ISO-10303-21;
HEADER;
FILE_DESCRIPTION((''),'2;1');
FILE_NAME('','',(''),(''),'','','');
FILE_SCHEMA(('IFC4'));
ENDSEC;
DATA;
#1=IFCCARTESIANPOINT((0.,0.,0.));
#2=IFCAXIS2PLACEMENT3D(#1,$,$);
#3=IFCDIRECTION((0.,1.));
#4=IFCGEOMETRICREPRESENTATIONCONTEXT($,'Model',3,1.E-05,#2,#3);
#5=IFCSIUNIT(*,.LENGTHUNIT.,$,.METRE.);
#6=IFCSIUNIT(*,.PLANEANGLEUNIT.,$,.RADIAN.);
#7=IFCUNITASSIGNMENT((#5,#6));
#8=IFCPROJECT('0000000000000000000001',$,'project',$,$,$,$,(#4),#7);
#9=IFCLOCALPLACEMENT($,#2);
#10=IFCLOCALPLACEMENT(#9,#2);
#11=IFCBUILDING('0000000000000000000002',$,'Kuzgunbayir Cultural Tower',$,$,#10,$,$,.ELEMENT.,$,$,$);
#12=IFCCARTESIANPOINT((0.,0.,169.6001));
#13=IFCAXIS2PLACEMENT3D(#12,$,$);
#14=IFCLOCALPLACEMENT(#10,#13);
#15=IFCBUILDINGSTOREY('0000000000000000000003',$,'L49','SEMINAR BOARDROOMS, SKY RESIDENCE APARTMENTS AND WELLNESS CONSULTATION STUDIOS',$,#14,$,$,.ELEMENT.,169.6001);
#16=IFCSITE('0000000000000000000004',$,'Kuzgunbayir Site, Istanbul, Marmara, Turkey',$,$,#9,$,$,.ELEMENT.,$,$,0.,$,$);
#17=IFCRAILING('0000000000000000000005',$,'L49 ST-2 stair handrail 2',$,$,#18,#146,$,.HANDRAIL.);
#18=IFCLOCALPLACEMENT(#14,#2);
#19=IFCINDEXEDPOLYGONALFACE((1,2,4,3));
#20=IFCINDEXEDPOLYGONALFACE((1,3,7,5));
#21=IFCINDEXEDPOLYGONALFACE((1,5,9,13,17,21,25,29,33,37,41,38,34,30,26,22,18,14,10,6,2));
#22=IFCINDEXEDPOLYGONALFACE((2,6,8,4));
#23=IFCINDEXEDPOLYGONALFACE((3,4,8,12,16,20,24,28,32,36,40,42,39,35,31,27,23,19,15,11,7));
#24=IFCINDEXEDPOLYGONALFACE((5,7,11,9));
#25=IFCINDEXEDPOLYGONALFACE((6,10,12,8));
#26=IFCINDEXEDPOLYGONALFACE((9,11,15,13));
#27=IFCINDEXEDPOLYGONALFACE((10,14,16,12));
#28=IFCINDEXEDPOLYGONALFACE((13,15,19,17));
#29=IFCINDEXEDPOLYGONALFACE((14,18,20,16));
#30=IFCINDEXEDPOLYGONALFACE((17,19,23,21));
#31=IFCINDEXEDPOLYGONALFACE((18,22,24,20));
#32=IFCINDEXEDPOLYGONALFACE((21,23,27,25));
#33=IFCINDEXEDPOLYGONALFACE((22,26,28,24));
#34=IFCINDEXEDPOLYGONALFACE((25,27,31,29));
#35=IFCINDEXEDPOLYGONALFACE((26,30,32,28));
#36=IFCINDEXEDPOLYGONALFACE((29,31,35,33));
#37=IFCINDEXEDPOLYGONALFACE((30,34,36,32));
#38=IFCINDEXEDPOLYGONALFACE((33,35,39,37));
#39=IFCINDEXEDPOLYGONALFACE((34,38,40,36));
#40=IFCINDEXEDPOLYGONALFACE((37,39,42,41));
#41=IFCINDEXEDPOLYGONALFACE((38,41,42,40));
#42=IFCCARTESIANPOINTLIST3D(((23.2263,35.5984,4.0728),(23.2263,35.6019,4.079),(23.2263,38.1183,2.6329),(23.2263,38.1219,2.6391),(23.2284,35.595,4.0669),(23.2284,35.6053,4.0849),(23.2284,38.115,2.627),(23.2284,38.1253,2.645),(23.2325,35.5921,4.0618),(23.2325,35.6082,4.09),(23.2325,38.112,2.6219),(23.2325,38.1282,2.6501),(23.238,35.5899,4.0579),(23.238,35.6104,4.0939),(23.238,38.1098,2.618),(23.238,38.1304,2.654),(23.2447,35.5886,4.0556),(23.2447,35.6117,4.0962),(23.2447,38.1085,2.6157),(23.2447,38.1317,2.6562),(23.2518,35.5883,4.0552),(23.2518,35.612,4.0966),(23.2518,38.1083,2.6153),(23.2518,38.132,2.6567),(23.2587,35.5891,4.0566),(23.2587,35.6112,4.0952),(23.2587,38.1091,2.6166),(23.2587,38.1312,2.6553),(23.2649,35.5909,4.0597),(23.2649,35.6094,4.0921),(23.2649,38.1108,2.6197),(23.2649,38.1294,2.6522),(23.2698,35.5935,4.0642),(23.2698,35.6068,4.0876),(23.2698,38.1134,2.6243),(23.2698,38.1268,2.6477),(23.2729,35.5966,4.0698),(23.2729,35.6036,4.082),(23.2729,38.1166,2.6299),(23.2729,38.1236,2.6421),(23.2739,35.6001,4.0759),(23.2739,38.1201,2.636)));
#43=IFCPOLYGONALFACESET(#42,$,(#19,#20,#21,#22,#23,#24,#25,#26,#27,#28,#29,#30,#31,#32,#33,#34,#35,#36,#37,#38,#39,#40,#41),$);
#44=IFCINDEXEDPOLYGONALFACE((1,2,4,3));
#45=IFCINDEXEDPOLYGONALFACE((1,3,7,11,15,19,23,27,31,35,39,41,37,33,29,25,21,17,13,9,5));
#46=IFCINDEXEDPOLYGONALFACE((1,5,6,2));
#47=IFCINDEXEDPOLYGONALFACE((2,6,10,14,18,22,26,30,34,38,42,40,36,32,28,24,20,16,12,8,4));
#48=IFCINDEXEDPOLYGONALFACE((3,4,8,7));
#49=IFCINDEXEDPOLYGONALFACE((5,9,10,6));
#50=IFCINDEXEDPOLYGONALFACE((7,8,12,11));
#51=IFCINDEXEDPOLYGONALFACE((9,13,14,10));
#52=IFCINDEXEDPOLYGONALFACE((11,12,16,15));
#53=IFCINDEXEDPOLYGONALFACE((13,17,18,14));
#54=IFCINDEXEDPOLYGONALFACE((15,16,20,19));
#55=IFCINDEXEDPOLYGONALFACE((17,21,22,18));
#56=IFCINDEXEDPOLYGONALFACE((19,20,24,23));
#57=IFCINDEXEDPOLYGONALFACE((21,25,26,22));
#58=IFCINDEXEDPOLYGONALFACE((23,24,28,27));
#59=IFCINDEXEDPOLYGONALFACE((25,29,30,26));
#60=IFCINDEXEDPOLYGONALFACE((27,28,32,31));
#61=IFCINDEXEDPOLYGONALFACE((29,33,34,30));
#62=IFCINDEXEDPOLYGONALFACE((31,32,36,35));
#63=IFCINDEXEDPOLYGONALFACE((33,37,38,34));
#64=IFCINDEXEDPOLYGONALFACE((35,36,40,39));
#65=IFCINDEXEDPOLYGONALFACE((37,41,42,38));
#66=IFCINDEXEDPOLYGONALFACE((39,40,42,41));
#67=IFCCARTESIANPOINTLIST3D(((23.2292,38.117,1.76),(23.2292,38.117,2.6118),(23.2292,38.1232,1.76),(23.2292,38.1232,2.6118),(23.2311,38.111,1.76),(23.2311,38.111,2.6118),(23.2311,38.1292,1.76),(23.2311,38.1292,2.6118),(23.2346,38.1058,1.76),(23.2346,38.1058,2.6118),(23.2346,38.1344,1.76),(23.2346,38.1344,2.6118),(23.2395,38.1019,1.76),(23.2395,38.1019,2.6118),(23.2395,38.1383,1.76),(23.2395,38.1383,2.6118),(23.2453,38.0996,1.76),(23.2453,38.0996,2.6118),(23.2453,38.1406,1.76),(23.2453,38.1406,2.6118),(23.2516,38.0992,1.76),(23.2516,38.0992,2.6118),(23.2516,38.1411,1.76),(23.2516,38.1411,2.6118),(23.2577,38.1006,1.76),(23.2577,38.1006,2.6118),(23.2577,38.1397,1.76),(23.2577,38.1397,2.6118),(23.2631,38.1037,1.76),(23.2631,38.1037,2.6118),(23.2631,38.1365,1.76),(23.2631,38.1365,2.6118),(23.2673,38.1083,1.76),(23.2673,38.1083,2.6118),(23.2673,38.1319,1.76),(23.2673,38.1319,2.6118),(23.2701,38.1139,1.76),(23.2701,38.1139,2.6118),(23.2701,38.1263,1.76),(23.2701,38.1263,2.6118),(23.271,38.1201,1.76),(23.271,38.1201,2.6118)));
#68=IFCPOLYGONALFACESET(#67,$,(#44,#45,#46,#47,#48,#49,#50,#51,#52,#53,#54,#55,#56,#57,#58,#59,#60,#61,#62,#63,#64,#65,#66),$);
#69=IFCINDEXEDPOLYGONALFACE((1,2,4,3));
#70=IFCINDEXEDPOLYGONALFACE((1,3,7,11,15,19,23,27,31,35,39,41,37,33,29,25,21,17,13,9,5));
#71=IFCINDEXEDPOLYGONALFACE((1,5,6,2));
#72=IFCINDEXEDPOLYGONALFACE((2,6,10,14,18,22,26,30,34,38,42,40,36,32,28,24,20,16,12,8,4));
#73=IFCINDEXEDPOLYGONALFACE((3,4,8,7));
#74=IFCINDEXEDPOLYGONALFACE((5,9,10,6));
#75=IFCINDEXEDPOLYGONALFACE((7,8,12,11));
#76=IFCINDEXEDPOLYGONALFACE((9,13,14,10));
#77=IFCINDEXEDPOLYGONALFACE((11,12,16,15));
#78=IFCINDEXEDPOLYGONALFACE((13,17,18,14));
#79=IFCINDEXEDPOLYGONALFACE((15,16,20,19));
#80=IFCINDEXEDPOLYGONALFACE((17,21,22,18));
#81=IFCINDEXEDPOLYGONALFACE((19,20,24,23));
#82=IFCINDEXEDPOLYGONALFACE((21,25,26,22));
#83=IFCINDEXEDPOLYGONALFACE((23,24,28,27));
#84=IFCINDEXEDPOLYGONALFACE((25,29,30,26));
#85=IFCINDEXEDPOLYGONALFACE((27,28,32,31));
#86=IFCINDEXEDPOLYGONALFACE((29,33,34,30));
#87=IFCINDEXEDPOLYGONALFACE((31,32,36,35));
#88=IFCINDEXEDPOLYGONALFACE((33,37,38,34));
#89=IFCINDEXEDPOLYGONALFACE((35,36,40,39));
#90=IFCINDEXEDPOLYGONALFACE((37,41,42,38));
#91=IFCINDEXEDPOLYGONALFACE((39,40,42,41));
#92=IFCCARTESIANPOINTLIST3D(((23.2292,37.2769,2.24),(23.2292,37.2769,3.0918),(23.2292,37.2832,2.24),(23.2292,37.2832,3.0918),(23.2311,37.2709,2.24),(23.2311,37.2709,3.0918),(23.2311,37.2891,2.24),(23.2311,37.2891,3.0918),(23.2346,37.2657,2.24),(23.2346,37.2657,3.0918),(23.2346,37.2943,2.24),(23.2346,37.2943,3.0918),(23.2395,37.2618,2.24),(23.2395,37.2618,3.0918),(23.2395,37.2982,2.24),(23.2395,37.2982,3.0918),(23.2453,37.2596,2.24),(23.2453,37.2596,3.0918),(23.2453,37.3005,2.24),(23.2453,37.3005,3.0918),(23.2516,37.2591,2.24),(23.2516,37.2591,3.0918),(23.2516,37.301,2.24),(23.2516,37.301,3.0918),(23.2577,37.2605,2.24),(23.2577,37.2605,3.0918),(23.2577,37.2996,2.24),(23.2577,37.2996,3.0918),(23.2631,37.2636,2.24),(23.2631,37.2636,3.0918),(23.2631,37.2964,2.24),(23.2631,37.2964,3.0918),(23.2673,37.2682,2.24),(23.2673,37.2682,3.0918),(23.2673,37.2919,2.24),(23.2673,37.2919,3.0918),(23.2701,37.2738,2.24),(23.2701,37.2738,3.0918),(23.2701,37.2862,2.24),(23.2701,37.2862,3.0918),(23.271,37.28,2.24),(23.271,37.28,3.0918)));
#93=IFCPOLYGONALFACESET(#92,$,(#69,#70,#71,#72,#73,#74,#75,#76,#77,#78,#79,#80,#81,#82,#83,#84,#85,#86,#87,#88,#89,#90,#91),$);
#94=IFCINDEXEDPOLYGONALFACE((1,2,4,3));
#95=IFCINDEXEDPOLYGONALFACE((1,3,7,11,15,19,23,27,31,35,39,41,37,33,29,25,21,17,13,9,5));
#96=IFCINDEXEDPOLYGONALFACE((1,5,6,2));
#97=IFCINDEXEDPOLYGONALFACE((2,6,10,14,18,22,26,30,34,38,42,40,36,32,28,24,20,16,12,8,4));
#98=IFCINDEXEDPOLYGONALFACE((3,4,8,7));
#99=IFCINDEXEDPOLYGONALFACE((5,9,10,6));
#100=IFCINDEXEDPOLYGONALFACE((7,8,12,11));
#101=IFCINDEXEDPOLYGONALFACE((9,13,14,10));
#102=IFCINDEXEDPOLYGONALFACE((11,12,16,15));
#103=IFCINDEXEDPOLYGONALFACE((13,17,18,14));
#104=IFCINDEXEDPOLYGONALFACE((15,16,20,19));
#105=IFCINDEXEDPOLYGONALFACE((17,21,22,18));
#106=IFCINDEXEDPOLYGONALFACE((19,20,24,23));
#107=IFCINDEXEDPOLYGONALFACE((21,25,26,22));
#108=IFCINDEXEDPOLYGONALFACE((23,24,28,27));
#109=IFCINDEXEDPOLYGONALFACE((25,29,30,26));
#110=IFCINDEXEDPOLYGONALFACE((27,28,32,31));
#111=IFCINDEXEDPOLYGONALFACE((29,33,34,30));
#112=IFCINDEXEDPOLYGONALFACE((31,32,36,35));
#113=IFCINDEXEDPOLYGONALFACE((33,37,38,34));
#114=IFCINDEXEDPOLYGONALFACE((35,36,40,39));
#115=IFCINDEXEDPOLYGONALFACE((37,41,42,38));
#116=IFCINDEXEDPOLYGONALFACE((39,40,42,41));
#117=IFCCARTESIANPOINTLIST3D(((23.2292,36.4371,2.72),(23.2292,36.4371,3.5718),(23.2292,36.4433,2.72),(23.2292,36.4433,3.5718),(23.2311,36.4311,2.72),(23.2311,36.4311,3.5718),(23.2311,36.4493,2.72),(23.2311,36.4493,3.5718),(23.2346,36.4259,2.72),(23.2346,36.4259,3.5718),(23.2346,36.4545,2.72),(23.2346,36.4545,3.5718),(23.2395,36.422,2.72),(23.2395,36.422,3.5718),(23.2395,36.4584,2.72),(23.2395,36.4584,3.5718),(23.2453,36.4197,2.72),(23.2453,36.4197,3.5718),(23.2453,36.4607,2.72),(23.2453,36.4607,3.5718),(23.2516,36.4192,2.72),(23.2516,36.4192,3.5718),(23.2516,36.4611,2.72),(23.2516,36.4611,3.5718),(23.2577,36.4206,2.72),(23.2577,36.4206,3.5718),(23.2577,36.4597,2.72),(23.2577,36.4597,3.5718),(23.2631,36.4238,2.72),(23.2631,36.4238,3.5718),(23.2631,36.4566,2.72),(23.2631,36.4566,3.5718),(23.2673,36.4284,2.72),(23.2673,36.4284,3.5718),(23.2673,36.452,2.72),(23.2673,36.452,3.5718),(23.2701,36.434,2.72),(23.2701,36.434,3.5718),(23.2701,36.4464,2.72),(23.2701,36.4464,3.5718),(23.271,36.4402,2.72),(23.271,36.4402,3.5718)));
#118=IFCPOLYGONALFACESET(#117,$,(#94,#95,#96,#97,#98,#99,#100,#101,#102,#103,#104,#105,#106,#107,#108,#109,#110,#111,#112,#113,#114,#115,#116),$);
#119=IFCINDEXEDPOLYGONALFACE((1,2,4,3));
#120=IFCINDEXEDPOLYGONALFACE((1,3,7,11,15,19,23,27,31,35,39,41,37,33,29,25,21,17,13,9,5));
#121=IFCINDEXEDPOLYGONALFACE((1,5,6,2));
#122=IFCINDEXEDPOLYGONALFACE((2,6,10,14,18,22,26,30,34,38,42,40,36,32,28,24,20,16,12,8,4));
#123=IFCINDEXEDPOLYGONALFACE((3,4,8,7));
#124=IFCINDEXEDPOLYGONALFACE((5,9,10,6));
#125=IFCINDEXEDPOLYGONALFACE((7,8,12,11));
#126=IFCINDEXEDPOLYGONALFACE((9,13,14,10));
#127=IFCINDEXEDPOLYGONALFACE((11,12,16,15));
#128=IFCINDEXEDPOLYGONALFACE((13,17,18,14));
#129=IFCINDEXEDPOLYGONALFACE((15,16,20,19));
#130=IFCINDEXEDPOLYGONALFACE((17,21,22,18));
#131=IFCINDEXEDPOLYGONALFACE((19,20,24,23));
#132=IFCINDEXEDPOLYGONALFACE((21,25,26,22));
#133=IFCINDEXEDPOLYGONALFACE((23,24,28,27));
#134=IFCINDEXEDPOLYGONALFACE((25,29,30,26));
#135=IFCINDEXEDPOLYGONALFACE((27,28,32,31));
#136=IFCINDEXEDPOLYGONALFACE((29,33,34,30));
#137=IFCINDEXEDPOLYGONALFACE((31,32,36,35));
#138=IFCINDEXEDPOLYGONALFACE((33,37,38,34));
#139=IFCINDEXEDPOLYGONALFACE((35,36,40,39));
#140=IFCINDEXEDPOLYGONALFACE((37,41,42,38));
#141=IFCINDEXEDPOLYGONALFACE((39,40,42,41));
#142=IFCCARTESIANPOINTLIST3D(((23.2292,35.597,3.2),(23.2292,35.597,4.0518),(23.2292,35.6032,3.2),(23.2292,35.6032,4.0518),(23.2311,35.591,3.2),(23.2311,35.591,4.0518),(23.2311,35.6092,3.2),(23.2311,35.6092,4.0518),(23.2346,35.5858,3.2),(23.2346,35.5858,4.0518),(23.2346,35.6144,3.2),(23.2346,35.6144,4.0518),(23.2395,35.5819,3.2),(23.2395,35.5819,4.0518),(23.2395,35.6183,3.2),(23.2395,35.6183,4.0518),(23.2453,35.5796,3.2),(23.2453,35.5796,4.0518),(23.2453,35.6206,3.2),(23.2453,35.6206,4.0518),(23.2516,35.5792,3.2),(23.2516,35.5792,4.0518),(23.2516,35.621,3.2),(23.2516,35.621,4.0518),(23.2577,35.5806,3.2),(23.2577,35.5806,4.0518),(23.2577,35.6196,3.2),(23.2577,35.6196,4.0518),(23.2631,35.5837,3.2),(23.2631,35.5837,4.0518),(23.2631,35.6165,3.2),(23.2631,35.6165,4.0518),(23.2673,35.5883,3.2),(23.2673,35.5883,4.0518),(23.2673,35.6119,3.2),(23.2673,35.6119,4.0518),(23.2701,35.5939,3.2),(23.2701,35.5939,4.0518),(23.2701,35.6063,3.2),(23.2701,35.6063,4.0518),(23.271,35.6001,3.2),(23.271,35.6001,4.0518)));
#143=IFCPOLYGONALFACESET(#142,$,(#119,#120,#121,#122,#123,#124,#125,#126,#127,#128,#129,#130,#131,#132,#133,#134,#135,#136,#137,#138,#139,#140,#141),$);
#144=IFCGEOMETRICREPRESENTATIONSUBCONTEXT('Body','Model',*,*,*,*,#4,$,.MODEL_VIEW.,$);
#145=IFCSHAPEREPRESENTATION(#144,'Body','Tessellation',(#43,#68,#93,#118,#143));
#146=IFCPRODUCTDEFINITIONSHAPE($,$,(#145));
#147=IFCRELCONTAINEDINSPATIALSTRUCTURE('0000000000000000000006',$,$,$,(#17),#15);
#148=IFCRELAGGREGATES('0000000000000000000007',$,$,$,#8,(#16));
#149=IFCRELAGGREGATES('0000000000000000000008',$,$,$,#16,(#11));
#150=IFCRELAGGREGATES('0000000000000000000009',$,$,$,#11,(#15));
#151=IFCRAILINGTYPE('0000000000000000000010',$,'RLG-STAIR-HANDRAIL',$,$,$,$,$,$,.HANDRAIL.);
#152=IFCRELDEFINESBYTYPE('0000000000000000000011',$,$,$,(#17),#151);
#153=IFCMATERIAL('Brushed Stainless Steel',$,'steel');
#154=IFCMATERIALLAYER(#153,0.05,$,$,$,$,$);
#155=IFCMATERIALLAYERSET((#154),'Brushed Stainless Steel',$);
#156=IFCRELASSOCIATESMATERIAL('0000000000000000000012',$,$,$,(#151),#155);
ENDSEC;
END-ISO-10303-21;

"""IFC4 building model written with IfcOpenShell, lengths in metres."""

from ifc_helpers import new_model, si_unit, direction, frame, origin, origin_2d, place, context, subcontext, project, spatial, circle, extrude, material, layer, layer_set, type_object, element, save


model = new_model("IFC4")

# Units and contexts
model_context = context("Model", 3, precision=1e-05, world=origin(), true_north=direction((0.0, 1.0)))
body_context = subcontext(model_context, "Body", "Model", "MODEL_VIEW")
ifc_project = project(units=[si_unit("LENGTHUNIT", "METRE"), si_unit("PLANEANGLEUNIT", "RADIAN")], contexts=[model_context])

# Site, building, storey
site_placement = place(None, origin())
site = spatial("IfcSite", under=ifc_project, at=site_placement, Name="Kuzgunbayir Site, Istanbul, Marmara, Turkey", CompositionType="ELEMENT", RefElevation=0.0)
building_placement = place(site_placement, origin())
building = spatial("IfcBuilding", under=site, at=building_placement, Name="Kuzgunbayir Cultural Tower", CompositionType="ELEMENT")
storey_placement = place(building_placement, frame((0.0, 0.0, 169.6001)))
storey = spatial("IfcBuildingStorey", under=building, at=storey_placement, Name="L49", Description="SEMINAR BOARDROOMS, SKY RESIDENCE APARTMENTS AND WELLNESS CONSULTATION STUDIOS", CompositionType="ELEMENT", Elevation=169.6001)

# Shared definitions
ifc_material_1 = material(Name="Brushed Stainless Steel", Category="steel")

# Railing
ifc_layer_1 = layer(ifc_material_1, 0.05)
ifc_layer_set_1 = layer_set([ifc_layer_1], Name="Brushed Stainless Steel")
railing_type_1 = type_object("IfcRailingType", Name="RLG-STAIR-HANDRAIL", PredefinedType="HANDRAIL", material=ifc_layer_set_1)
railing_1_placement = place(storey_placement, frame((23.25, 38.1201, 1.76)))
element("IfcRailing", 1, at=railing_1_placement, inside=storey, type_object=railing_type_1, Name="L49 ST-2 stair handrail 2", PredefinedType="HANDRAIL", context=body_context, shape_type="SweptSolid", body=[
    extrude(circle(Radius=0.0239, at=origin_2d()), frame((0.0, 0.0, 0.876), z_axis=(0.0, -0.868253, 0.496121), x_axis=(1.0, 0.0, 0.0)), (0.0, 0.0, 1.0), 2.9023),
    extrude(circle(Radius=0.021, at=origin_2d()), origin(), (0.0, 0.0, 1.0), 0.8518),
    extrude(circle(Radius=0.021, at=origin_2d()), frame((0.0, -0.8401, 0.48)), (0.0, 0.0, 1.0), 0.8518),
    extrude(circle(Radius=0.021, at=origin_2d()), frame((0.0, -1.6799, 0.96)), (0.0, 0.0, 1.0), 0.8518),
    extrude(circle(Radius=0.021, at=origin_2d()), frame((0.0, -2.52, 1.4399)), (0.0, 0.0, 1.0), 0.8518),
])

save(model, "model.ifc")
